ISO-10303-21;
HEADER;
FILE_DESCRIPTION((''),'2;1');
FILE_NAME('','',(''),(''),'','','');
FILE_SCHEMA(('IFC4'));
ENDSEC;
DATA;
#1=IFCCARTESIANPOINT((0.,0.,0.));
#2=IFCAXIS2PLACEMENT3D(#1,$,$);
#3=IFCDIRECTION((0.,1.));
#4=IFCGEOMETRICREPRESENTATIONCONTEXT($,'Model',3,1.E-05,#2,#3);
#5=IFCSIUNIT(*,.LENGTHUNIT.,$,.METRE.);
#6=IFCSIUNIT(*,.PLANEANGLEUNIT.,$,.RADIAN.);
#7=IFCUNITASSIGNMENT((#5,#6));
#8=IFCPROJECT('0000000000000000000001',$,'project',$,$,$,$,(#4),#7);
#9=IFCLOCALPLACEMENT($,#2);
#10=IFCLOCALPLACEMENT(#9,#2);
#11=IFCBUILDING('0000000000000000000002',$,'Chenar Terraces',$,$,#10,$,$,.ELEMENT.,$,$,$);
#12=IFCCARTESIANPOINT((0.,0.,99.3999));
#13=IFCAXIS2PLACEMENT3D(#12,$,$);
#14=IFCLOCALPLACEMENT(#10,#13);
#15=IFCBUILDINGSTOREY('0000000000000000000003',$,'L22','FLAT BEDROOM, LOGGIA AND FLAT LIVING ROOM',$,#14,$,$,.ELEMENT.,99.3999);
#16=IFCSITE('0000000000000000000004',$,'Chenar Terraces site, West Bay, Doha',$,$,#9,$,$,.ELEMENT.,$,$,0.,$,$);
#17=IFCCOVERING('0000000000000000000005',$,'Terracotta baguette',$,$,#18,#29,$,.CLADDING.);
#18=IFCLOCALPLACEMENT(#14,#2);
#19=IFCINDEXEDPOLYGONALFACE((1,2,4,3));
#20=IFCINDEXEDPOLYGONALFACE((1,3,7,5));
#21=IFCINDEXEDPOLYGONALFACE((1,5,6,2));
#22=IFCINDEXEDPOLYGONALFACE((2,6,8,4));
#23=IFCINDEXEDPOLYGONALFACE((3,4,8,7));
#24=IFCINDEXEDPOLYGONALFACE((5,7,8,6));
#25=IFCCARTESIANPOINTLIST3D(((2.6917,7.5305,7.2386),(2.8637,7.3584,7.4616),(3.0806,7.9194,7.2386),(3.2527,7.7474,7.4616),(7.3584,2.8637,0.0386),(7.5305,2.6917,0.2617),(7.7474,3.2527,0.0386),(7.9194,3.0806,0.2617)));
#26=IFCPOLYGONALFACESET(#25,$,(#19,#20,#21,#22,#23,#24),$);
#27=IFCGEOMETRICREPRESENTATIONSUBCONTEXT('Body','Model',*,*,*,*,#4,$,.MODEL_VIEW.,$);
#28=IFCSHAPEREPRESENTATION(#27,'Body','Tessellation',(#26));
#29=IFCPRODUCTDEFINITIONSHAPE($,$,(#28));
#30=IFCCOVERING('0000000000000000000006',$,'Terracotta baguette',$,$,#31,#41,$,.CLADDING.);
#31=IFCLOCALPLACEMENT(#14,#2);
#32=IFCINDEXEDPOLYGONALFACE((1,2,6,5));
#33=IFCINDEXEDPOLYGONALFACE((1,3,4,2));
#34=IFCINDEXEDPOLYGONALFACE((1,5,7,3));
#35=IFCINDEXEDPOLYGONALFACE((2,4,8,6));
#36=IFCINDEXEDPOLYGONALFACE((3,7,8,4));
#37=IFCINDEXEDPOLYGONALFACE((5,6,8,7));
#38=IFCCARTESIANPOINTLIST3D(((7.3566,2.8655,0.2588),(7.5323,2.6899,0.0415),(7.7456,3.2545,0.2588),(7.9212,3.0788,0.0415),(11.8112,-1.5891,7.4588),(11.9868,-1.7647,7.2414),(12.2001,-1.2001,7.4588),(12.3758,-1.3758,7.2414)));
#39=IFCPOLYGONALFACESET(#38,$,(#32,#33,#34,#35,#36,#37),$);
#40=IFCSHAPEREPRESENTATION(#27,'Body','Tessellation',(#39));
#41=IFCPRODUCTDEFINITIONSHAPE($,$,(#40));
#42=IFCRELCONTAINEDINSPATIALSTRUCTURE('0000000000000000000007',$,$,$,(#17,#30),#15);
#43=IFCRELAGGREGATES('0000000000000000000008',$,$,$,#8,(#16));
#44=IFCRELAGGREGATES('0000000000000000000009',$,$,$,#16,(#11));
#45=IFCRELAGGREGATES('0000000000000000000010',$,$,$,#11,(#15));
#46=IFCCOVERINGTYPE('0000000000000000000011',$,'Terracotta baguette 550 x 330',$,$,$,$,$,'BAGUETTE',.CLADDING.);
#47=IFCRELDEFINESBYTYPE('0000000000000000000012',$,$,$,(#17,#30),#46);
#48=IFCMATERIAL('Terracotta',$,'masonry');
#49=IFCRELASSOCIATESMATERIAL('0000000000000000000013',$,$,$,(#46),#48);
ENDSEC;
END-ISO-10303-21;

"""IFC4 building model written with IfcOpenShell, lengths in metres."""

from ifc_helpers import new_model, si_unit, direction, frame, origin, origin_2d, place, context, subcontext, project, spatial, rectangle, extrude, material, material_profile, profile_set, type_object, element, save


model = new_model("IFC4")

# Units and contexts
model_context = context("Model", 3, precision=1e-05, world=origin(), true_north=direction((0.0, 1.0)))
body_context = subcontext(model_context, "Body", "Model", "MODEL_VIEW")
ifc_project = project(units=[si_unit("LENGTHUNIT", "METRE"), si_unit("PLANEANGLEUNIT", "RADIAN")], contexts=[model_context])

# Site, building, storey
site_placement = place(None, origin())
site = spatial("IfcSite", under=ifc_project, at=site_placement, Name="Chenar Terraces site, West Bay, Doha", CompositionType="ELEMENT", RefElevation=0.0)
building_placement = place(site_placement, origin())
building = spatial("IfcBuilding", under=site, at=building_placement, Name="Chenar Terraces", CompositionType="ELEMENT")
storey_placement = place(building_placement, frame((0.0, 0.0, 99.3999)))
storey = spatial("IfcBuildingStorey", under=building, at=storey_placement, Name="L22", Description="FLAT BEDROOM, LOGGIA AND FLAT LIVING ROOM", CompositionType="ELEMENT", Elevation=99.3999)

# Coverings
ifc_material_1 = material(Name="Terracotta", Category="masonry")
ifc_material_profile = material_profile(ifc_material_1, rectangle(XDim=0.55, YDim=0.3301, at=origin_2d()), Name="Terracotta baguette 550 x 330")
ifc_profile_set = profile_set([ifc_material_profile], Name="Terracotta")
covering_type = type_object("IfcCoveringType", Name="Terracotta baguette 550 x 330", ElementType="BAGUETTE", PredefinedType="CLADDING", material=ifc_profile_set)
covering_1_placement = place(storey_placement, frame((2.9722, 7.6389, 7.3501), z_axis=(0.477803, -0.477803, -0.737163), x_axis=(0.707107, 0.707107, 0.0)))
element("IfcCovering", 1, at=covering_1_placement, inside=storey, type_object=covering_type, Name="Terracotta baguette", PredefinedType="CLADDING", context=body_context, shape_type="SweptSolid", body=[
    extrude(rectangle(XDim=0.55, YDim=0.3301, at=origin_2d()), origin(), (0.0, 0.0, 1.0), 9.7671),
])
covering_2_placement = place(storey_placement, frame((7.6389, 2.9722, 0.1501), z_axis=(0.465624, -0.465624, 0.752588), x_axis=(0.707107, 0.707107, 0.0)))
element("IfcCovering", 2, at=covering_2_placement, inside=storey, type_object=covering_type, Name="Terracotta baguette", PredefinedType="CLADDING", context=body_context, shape_type="SweptSolid", body=[
    extrude(rectangle(XDim=0.55, YDim=0.3301, at=origin_2d()), origin(), (0.0, 0.0, 1.0), 9.5669),
])

save(model, "model.ifc")
